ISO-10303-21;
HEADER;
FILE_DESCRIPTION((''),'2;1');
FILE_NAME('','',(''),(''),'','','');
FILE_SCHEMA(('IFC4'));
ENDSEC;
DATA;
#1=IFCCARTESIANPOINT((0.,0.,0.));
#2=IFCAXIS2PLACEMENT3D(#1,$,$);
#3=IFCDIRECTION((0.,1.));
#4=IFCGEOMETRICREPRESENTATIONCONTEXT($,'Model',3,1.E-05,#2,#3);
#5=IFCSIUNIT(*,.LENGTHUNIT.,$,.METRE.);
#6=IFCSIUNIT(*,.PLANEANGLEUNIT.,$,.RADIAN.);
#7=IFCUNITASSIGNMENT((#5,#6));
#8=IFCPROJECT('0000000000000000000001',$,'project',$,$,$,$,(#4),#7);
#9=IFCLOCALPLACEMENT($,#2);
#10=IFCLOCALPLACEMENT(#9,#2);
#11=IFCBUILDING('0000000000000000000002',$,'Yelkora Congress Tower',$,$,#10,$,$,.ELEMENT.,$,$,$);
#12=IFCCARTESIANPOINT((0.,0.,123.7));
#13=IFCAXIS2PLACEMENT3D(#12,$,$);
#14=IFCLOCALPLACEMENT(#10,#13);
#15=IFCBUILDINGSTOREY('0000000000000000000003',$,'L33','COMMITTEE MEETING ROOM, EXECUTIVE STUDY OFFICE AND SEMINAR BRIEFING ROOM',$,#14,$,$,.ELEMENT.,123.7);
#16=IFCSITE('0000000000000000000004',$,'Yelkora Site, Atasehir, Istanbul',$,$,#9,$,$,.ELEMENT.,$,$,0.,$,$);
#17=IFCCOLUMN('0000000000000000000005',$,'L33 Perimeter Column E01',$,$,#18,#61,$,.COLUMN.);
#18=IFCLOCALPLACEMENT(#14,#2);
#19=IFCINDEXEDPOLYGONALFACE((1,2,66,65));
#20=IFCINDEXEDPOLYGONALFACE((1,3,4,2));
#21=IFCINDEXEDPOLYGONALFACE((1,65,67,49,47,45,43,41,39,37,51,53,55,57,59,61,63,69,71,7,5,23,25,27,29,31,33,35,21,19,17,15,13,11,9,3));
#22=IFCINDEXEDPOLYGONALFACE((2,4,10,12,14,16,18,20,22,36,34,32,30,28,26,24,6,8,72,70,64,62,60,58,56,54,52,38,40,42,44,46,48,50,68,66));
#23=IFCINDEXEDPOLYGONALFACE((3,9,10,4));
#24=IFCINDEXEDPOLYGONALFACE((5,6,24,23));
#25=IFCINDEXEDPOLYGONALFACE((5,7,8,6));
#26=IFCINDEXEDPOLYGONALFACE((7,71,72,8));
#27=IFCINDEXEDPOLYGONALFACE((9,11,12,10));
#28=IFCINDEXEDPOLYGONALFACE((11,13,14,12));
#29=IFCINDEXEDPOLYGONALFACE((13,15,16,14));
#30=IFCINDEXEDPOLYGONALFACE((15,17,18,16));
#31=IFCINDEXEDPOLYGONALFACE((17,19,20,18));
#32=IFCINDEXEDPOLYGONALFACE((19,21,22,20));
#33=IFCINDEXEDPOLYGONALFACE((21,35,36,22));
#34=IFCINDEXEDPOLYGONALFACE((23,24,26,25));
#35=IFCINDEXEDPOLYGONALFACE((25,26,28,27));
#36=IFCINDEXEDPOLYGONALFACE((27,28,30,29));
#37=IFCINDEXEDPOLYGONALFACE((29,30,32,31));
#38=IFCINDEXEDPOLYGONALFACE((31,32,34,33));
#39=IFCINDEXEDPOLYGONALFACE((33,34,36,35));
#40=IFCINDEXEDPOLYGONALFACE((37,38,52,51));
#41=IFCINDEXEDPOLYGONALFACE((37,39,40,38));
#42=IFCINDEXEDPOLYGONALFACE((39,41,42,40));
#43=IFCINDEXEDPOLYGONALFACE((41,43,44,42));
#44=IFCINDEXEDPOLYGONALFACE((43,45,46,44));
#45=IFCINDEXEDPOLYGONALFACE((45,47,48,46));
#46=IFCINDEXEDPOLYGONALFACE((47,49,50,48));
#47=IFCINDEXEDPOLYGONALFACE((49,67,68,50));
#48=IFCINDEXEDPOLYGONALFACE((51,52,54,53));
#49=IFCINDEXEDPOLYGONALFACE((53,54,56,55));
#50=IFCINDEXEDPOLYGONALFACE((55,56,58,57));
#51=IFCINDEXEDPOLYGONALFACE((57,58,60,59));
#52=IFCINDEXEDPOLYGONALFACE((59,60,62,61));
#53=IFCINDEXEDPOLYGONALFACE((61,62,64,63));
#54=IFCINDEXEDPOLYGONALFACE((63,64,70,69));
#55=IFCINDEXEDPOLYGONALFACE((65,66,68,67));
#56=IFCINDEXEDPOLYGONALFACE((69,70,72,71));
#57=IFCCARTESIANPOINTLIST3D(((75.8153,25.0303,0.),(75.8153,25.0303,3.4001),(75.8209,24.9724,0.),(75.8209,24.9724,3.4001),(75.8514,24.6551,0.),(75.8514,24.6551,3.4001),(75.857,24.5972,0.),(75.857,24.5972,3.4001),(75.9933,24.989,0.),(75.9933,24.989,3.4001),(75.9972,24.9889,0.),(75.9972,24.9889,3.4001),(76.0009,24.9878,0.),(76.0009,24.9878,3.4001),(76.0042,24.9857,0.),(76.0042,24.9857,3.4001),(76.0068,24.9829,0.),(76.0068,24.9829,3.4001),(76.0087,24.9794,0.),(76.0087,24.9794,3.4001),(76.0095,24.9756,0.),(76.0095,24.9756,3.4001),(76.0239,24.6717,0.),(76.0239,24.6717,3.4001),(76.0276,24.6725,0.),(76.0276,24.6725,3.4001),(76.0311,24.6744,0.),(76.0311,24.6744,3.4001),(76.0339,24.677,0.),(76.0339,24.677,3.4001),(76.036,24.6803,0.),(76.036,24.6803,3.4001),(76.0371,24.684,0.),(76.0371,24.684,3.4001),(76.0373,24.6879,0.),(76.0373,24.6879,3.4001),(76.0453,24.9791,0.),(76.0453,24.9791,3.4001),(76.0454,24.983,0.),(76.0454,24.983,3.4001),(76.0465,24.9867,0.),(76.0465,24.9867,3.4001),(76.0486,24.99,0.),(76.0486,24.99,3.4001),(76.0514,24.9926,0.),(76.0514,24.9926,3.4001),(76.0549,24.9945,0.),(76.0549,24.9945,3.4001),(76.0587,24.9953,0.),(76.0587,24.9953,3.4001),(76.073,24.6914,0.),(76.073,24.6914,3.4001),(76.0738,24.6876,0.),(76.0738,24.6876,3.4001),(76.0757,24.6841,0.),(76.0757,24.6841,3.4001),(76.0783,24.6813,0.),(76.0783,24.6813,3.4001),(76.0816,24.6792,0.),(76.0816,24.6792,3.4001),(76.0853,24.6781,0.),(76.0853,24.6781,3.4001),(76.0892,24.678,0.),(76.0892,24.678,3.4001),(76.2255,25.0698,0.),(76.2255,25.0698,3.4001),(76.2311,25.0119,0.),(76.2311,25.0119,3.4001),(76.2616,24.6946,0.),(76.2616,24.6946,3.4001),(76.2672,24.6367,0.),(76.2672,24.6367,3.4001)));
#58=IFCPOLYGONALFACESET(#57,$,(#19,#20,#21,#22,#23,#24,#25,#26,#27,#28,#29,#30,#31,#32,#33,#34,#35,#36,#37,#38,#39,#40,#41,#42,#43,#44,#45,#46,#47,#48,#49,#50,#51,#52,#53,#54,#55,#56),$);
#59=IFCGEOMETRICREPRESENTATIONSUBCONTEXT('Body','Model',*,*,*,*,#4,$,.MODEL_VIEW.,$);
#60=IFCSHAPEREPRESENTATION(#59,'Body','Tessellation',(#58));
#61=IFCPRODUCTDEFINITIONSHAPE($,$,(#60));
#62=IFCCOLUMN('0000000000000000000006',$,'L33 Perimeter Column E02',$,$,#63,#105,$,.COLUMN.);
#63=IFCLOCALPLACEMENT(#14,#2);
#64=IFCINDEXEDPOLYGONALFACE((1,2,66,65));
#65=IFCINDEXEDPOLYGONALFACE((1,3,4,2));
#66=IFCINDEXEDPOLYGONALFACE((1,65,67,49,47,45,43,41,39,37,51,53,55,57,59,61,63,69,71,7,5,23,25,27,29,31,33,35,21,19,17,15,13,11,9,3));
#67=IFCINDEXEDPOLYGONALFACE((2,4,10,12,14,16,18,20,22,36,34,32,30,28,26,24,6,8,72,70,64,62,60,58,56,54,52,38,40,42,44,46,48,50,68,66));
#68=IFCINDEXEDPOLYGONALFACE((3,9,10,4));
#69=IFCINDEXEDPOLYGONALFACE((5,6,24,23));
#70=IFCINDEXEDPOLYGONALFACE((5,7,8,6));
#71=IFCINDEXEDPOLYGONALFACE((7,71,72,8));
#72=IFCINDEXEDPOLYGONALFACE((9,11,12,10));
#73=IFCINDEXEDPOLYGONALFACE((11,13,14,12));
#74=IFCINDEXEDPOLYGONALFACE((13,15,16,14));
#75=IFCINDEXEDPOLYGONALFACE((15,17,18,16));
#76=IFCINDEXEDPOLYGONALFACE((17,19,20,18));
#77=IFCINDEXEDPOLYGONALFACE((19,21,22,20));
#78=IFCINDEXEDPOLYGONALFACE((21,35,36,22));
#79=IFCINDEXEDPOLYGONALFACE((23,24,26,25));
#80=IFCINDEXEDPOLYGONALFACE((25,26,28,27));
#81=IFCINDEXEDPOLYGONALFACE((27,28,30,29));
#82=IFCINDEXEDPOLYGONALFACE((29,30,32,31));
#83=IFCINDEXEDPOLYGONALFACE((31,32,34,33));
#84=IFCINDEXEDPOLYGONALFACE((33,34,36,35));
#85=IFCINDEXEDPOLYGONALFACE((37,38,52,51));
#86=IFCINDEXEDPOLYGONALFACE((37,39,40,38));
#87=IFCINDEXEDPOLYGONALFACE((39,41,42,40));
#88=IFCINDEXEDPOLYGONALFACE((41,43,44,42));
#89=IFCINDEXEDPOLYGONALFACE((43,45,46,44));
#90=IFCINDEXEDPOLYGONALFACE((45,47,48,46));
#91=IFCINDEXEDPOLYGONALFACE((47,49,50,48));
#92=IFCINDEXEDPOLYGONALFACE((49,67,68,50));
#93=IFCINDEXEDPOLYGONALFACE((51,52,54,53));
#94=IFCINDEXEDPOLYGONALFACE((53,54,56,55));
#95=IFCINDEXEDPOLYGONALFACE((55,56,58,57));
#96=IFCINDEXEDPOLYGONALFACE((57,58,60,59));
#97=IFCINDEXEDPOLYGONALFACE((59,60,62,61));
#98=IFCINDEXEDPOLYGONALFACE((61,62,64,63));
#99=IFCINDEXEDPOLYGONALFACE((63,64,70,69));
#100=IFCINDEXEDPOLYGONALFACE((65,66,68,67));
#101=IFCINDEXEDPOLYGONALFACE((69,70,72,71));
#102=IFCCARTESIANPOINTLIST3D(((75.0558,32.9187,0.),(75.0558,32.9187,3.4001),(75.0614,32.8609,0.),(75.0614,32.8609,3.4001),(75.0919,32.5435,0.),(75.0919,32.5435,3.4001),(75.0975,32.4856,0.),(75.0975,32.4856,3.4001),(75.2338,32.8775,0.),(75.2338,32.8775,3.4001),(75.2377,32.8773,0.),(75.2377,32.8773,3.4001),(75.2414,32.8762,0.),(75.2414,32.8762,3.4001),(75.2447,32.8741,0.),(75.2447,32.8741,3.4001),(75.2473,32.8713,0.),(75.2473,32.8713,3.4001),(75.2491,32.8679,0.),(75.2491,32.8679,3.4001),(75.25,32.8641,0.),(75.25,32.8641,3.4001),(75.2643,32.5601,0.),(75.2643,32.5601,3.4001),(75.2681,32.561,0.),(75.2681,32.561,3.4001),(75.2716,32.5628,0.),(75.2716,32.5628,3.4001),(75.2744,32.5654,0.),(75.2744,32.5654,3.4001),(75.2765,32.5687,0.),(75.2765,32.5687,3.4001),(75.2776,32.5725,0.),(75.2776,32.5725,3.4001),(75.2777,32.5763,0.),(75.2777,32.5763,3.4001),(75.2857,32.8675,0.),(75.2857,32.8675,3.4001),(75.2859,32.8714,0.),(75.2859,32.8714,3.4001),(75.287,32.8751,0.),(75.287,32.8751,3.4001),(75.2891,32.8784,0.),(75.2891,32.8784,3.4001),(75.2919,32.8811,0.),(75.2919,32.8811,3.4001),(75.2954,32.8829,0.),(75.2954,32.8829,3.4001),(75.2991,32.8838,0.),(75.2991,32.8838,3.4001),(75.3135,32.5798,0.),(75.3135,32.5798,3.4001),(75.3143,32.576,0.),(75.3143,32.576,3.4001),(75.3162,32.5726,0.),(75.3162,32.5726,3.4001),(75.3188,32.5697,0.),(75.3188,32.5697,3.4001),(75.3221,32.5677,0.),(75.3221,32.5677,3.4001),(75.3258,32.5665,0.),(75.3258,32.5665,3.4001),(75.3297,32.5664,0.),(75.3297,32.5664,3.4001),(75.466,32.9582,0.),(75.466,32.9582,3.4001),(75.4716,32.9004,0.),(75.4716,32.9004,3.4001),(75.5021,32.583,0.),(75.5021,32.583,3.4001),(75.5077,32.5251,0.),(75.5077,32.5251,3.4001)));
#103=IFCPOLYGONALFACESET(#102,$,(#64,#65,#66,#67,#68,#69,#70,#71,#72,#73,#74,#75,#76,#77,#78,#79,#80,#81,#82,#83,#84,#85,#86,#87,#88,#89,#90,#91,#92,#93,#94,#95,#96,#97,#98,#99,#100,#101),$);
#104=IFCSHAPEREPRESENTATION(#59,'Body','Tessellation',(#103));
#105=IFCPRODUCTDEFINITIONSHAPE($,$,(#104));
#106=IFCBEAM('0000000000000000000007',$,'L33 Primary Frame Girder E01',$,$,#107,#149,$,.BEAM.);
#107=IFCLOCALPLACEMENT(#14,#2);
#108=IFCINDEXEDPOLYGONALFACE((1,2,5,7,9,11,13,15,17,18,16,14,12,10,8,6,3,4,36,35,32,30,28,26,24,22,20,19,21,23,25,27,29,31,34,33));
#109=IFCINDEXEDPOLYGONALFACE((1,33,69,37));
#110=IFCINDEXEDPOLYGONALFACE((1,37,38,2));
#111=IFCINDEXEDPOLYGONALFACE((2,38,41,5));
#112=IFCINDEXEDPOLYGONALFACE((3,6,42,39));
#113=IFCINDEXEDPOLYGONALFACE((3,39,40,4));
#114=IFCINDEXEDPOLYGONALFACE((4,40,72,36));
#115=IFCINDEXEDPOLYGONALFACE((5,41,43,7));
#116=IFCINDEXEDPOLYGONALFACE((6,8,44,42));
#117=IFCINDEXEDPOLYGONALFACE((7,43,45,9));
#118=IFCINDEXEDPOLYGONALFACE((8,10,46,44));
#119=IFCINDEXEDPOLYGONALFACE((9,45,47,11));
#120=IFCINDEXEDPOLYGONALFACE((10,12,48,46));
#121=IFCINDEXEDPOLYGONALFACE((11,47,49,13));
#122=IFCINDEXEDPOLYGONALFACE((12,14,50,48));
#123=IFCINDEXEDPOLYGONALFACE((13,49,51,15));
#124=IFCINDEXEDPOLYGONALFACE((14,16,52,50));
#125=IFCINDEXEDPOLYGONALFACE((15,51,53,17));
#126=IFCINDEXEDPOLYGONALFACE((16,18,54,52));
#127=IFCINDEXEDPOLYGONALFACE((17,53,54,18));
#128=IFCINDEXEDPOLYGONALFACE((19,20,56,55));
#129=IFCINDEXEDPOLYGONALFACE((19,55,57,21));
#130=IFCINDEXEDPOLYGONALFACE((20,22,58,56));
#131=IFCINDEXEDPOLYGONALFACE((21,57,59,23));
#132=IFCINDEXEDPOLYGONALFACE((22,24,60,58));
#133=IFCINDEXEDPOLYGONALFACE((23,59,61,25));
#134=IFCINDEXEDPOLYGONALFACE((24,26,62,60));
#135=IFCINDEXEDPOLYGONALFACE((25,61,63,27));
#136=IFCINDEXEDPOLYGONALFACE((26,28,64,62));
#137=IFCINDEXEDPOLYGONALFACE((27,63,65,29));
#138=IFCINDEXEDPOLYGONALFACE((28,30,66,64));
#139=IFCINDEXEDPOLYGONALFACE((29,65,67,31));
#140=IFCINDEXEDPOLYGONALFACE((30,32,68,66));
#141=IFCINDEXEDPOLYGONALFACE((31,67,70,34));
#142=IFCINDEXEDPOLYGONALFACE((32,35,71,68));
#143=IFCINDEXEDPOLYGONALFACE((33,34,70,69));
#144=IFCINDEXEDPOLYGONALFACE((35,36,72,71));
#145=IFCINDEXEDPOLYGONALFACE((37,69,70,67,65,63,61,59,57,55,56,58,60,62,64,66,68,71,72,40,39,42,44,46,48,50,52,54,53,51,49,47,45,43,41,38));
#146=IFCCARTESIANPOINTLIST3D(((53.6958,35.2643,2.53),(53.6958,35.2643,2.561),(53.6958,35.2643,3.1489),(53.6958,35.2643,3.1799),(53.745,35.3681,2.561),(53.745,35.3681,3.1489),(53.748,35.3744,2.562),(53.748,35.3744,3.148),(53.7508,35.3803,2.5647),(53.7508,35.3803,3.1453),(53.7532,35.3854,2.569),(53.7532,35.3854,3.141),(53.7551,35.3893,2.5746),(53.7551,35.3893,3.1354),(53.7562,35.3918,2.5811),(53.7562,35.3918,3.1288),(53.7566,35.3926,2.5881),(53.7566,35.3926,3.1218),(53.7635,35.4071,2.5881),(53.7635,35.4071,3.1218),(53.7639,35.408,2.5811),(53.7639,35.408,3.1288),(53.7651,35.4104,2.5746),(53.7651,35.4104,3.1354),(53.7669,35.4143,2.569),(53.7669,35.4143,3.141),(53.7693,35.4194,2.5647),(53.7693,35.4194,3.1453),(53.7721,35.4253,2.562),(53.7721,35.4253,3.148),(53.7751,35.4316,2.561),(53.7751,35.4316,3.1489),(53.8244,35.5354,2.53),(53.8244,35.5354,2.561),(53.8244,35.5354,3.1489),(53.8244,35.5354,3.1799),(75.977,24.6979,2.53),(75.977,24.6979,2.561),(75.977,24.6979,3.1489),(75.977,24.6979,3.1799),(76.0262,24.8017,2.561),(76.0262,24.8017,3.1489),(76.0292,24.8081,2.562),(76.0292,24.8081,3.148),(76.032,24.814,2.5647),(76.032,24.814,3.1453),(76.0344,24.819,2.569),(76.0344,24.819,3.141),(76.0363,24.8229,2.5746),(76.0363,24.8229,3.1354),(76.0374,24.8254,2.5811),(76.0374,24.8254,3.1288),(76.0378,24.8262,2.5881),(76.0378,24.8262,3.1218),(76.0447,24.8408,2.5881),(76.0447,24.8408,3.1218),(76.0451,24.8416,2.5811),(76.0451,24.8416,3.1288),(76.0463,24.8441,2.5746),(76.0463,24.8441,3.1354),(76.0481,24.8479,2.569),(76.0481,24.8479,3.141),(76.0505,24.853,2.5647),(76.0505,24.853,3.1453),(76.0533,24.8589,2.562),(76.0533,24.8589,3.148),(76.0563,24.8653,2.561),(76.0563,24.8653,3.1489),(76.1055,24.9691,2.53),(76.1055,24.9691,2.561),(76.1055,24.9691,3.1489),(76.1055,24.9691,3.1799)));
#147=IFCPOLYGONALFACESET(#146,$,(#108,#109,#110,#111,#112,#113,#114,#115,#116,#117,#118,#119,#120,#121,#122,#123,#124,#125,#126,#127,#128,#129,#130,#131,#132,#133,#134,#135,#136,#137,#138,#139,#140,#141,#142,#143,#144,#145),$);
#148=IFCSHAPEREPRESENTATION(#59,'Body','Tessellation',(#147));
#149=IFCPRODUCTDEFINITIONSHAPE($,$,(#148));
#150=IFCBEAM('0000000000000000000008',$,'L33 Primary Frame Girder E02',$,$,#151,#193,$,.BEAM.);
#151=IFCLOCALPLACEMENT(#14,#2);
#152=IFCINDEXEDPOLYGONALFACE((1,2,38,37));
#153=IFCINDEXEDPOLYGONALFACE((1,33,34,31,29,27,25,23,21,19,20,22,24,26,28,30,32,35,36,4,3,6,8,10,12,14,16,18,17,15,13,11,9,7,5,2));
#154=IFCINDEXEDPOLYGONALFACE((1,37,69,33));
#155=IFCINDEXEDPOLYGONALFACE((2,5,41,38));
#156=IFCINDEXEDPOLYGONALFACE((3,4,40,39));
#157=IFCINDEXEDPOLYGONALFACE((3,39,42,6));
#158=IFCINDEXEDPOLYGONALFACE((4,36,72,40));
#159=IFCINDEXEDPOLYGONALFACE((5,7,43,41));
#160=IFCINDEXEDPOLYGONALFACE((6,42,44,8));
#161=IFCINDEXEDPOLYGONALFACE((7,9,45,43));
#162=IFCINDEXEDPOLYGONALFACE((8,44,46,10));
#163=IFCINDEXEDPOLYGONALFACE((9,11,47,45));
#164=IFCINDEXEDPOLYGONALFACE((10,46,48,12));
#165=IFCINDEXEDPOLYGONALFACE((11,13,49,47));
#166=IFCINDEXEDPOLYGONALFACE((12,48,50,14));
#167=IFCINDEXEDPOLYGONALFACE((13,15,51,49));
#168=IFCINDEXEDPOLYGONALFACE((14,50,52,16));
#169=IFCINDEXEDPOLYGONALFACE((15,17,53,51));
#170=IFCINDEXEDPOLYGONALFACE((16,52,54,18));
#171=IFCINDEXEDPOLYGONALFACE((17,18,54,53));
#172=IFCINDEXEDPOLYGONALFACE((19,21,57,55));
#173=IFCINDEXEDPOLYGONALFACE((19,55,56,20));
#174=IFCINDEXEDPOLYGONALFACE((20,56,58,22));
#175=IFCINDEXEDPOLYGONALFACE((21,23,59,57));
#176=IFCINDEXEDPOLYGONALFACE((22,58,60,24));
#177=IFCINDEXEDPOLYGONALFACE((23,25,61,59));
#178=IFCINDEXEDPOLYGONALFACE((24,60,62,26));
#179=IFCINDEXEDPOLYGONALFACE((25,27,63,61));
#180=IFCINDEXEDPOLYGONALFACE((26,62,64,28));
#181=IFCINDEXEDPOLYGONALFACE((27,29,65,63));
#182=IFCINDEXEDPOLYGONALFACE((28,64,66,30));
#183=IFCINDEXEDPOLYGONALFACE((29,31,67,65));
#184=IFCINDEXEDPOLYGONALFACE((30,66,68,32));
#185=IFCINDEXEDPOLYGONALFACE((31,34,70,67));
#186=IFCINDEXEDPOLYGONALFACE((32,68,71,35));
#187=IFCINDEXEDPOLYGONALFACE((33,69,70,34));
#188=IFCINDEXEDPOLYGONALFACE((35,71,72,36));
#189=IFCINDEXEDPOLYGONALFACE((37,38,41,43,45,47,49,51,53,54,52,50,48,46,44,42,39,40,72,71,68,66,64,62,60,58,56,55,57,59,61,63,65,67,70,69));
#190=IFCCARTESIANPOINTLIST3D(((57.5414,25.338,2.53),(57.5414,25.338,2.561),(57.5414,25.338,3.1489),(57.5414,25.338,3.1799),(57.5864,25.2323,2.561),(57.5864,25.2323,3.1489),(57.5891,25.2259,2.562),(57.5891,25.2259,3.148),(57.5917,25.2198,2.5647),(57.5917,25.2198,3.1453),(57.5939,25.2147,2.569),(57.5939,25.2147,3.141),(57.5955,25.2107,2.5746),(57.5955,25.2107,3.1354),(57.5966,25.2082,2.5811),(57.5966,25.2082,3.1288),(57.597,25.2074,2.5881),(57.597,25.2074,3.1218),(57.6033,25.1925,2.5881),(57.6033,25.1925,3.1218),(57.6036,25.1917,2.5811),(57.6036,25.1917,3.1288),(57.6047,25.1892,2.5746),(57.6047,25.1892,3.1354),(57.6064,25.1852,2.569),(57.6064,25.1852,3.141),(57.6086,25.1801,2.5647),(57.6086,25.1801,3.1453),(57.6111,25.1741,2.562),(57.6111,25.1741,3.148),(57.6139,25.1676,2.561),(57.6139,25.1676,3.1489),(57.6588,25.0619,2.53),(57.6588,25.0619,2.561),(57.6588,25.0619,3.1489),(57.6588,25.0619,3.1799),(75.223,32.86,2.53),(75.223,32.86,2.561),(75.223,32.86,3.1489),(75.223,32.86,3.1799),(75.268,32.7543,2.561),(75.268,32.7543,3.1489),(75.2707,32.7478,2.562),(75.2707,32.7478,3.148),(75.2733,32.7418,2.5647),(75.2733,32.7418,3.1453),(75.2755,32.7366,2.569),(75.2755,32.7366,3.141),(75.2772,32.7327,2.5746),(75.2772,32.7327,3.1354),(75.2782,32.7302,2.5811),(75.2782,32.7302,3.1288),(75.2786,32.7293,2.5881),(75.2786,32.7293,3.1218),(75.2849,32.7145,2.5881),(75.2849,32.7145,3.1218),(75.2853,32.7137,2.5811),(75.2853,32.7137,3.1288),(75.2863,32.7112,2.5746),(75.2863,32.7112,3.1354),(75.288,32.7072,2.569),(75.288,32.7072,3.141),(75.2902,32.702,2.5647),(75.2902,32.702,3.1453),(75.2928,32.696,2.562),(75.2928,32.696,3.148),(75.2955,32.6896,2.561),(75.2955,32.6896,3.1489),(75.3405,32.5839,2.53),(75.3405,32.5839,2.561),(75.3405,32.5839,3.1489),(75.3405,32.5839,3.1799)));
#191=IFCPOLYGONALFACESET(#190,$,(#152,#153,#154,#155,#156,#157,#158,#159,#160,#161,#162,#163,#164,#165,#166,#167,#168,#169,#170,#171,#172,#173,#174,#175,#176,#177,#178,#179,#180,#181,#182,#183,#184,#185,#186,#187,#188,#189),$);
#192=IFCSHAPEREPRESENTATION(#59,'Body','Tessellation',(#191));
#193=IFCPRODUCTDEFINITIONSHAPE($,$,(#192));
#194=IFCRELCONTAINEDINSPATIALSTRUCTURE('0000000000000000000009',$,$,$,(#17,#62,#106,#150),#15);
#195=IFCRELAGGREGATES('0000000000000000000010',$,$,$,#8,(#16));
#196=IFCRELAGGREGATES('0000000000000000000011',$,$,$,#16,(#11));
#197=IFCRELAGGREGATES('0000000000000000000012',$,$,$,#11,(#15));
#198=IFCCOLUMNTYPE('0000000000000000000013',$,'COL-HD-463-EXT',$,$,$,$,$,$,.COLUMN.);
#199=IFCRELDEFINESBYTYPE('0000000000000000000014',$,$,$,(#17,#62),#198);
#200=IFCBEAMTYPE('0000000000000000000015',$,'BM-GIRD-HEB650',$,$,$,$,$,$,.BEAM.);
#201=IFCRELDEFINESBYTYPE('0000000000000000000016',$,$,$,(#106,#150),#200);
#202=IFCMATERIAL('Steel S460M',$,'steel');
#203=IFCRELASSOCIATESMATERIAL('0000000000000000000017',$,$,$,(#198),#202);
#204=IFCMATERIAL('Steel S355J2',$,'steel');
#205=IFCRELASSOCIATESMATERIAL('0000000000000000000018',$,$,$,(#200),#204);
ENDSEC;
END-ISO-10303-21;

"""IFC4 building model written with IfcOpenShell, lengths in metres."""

from ifc_helpers import new_model, si_unit, direction, frame, origin, origin_2d, place, context, subcontext, project, spatial, i_section, extrude, material, material_profile, profile_set, type_object, element, save


model = new_model("IFC4")

# Units and contexts
model_context = context("Model", 3, precision=1e-05, world=origin(), true_north=direction((0.0, 1.0)))
body_context = subcontext(model_context, "Body", "Model", "MODEL_VIEW")
ifc_project = project(units=[si_unit("LENGTHUNIT", "METRE"), si_unit("PLANEANGLEUNIT", "RADIAN")], contexts=[model_context])

# Site, building, storey
site_placement = place(None, origin())
site = spatial("IfcSite", under=ifc_project, at=site_placement, Name="Yelkora Site, Atasehir, Istanbul", CompositionType="ELEMENT", RefElevation=0.0)
building_placement = place(site_placement, origin())
building = spatial("IfcBuilding", under=site, at=building_placement, Name="Yelkora Congress Tower", CompositionType="ELEMENT")
storey_placement = place(building_placement, frame((0.0, 0.0, 123.7)))
storey = spatial("IfcBuildingStorey", under=building, at=storey_placement, Name="L33", Description="COMMITTEE MEETING ROOM, EXECUTIVE STUDY OFFICE AND SEMINAR BRIEFING ROOM", CompositionType="ELEMENT", Elevation=123.7)

# Columns
ifc_material_1 = material(Name="Steel S460M", Category="steel")
ifc_material_profile_1 = material_profile(ifc_material_1, i_section(OverallWidth=0.4121, OverallDepth=0.4351, WebThickness=0.0359, FlangeThickness=0.0581, FilletRadius=0.0149, at=origin_2d()), Name="HD 400x463")
ifc_profile_set_1 = profile_set([ifc_material_profile_1], Name="Steel S460M")
column_type = type_object("IfcColumnType", Name="COL-HD-463-EXT", PredefinedType="COLUMN", material=ifc_profile_set_1)
for number, where, z_axis, x_axis, name in (
    (1, (76.0413, 24.8335, 0.0), (0.0, 0.0, 1.0), (0.995396, 0.095846, 0.0), "L33 Perimeter Column E01"),
    (2, (75.2817, 32.7219, 0.0), (0.0, 0.0, 1.0), (0.995396, 0.095846, 0.0), "L33 Perimeter Column E02"),
):
    element("IfcColumn", number, at=place(storey_placement, frame(where, z_axis=z_axis, x_axis=x_axis)), inside=storey, type_object=column_type, Name=name, PredefinedType="COLUMN", context=body_context, shape_type="SweptSolid", body=[
        extrude(i_section(OverallWidth=0.4121, OverallDepth=0.4351, WebThickness=0.0359, FlangeThickness=0.0581, FilletRadius=0.0149, at=origin_2d()), origin(), (0.0, 0.0, 1.0), 3.4001),
    ])

# Beams
ifc_material_2 = material(Name="Steel S355J2", Category="steel")
ifc_material_profile_2 = material_profile(ifc_material_2, i_section(OverallWidth=0.3, OverallDepth=0.6499, WebThickness=0.0161, FlangeThickness=0.031, FilletRadius=0.0271, at=origin_2d()), Name="HEB 650")
ifc_profile_set_2 = profile_set([ifc_material_profile_2], Name="Steel S355J2")
beam_type_1 = type_object("IfcBeamType", Name="BM-GIRD-HEB650", PredefinedType="BEAM", material=ifc_profile_set_2)
beam_1_placement = place(storey_placement, frame((76.0413, 24.8335, 2.855), z_axis=(-0.903547, 0.428488, 0.0), x_axis=(-0.428488, -0.903547, 0.0)))
element("IfcBeam", 3, at=beam_1_placement, inside=storey, type_object=beam_type_1, Name="L33 Primary Frame Girder E01", PredefinedType="BEAM", context=body_context, shape_type="SweptSolid", body=[
    extrude(i_section(OverallWidth=0.3, OverallDepth=0.6499, WebThickness=0.0161, FlangeThickness=0.031, FilletRadius=0.0271, at=origin_2d()), origin(), (0.0, 0.0, 1.0), 24.6597),
])
beam_2_placement = place(storey_placement, frame((75.2817, 32.7219, 2.855), z_axis=(-0.920195, -0.391461, 0.0), x_axis=(0.391461, -0.920195, 0.0)))
element("IfcBeam", 4, at=beam_2_placement, inside=storey, type_object=beam_type_1, Name="L33 Primary Frame Girder E02", PredefinedType="BEAM", context=body_context, shape_type="SweptSolid", body=[
    extrude(i_section(OverallWidth=0.3, OverallDepth=0.6499, WebThickness=0.0161, FlangeThickness=0.031, FilletRadius=0.0271, at=origin_2d()), origin(), (0.0, 0.0, 1.0), 19.2151),
])

save(model, "model.ifc")
